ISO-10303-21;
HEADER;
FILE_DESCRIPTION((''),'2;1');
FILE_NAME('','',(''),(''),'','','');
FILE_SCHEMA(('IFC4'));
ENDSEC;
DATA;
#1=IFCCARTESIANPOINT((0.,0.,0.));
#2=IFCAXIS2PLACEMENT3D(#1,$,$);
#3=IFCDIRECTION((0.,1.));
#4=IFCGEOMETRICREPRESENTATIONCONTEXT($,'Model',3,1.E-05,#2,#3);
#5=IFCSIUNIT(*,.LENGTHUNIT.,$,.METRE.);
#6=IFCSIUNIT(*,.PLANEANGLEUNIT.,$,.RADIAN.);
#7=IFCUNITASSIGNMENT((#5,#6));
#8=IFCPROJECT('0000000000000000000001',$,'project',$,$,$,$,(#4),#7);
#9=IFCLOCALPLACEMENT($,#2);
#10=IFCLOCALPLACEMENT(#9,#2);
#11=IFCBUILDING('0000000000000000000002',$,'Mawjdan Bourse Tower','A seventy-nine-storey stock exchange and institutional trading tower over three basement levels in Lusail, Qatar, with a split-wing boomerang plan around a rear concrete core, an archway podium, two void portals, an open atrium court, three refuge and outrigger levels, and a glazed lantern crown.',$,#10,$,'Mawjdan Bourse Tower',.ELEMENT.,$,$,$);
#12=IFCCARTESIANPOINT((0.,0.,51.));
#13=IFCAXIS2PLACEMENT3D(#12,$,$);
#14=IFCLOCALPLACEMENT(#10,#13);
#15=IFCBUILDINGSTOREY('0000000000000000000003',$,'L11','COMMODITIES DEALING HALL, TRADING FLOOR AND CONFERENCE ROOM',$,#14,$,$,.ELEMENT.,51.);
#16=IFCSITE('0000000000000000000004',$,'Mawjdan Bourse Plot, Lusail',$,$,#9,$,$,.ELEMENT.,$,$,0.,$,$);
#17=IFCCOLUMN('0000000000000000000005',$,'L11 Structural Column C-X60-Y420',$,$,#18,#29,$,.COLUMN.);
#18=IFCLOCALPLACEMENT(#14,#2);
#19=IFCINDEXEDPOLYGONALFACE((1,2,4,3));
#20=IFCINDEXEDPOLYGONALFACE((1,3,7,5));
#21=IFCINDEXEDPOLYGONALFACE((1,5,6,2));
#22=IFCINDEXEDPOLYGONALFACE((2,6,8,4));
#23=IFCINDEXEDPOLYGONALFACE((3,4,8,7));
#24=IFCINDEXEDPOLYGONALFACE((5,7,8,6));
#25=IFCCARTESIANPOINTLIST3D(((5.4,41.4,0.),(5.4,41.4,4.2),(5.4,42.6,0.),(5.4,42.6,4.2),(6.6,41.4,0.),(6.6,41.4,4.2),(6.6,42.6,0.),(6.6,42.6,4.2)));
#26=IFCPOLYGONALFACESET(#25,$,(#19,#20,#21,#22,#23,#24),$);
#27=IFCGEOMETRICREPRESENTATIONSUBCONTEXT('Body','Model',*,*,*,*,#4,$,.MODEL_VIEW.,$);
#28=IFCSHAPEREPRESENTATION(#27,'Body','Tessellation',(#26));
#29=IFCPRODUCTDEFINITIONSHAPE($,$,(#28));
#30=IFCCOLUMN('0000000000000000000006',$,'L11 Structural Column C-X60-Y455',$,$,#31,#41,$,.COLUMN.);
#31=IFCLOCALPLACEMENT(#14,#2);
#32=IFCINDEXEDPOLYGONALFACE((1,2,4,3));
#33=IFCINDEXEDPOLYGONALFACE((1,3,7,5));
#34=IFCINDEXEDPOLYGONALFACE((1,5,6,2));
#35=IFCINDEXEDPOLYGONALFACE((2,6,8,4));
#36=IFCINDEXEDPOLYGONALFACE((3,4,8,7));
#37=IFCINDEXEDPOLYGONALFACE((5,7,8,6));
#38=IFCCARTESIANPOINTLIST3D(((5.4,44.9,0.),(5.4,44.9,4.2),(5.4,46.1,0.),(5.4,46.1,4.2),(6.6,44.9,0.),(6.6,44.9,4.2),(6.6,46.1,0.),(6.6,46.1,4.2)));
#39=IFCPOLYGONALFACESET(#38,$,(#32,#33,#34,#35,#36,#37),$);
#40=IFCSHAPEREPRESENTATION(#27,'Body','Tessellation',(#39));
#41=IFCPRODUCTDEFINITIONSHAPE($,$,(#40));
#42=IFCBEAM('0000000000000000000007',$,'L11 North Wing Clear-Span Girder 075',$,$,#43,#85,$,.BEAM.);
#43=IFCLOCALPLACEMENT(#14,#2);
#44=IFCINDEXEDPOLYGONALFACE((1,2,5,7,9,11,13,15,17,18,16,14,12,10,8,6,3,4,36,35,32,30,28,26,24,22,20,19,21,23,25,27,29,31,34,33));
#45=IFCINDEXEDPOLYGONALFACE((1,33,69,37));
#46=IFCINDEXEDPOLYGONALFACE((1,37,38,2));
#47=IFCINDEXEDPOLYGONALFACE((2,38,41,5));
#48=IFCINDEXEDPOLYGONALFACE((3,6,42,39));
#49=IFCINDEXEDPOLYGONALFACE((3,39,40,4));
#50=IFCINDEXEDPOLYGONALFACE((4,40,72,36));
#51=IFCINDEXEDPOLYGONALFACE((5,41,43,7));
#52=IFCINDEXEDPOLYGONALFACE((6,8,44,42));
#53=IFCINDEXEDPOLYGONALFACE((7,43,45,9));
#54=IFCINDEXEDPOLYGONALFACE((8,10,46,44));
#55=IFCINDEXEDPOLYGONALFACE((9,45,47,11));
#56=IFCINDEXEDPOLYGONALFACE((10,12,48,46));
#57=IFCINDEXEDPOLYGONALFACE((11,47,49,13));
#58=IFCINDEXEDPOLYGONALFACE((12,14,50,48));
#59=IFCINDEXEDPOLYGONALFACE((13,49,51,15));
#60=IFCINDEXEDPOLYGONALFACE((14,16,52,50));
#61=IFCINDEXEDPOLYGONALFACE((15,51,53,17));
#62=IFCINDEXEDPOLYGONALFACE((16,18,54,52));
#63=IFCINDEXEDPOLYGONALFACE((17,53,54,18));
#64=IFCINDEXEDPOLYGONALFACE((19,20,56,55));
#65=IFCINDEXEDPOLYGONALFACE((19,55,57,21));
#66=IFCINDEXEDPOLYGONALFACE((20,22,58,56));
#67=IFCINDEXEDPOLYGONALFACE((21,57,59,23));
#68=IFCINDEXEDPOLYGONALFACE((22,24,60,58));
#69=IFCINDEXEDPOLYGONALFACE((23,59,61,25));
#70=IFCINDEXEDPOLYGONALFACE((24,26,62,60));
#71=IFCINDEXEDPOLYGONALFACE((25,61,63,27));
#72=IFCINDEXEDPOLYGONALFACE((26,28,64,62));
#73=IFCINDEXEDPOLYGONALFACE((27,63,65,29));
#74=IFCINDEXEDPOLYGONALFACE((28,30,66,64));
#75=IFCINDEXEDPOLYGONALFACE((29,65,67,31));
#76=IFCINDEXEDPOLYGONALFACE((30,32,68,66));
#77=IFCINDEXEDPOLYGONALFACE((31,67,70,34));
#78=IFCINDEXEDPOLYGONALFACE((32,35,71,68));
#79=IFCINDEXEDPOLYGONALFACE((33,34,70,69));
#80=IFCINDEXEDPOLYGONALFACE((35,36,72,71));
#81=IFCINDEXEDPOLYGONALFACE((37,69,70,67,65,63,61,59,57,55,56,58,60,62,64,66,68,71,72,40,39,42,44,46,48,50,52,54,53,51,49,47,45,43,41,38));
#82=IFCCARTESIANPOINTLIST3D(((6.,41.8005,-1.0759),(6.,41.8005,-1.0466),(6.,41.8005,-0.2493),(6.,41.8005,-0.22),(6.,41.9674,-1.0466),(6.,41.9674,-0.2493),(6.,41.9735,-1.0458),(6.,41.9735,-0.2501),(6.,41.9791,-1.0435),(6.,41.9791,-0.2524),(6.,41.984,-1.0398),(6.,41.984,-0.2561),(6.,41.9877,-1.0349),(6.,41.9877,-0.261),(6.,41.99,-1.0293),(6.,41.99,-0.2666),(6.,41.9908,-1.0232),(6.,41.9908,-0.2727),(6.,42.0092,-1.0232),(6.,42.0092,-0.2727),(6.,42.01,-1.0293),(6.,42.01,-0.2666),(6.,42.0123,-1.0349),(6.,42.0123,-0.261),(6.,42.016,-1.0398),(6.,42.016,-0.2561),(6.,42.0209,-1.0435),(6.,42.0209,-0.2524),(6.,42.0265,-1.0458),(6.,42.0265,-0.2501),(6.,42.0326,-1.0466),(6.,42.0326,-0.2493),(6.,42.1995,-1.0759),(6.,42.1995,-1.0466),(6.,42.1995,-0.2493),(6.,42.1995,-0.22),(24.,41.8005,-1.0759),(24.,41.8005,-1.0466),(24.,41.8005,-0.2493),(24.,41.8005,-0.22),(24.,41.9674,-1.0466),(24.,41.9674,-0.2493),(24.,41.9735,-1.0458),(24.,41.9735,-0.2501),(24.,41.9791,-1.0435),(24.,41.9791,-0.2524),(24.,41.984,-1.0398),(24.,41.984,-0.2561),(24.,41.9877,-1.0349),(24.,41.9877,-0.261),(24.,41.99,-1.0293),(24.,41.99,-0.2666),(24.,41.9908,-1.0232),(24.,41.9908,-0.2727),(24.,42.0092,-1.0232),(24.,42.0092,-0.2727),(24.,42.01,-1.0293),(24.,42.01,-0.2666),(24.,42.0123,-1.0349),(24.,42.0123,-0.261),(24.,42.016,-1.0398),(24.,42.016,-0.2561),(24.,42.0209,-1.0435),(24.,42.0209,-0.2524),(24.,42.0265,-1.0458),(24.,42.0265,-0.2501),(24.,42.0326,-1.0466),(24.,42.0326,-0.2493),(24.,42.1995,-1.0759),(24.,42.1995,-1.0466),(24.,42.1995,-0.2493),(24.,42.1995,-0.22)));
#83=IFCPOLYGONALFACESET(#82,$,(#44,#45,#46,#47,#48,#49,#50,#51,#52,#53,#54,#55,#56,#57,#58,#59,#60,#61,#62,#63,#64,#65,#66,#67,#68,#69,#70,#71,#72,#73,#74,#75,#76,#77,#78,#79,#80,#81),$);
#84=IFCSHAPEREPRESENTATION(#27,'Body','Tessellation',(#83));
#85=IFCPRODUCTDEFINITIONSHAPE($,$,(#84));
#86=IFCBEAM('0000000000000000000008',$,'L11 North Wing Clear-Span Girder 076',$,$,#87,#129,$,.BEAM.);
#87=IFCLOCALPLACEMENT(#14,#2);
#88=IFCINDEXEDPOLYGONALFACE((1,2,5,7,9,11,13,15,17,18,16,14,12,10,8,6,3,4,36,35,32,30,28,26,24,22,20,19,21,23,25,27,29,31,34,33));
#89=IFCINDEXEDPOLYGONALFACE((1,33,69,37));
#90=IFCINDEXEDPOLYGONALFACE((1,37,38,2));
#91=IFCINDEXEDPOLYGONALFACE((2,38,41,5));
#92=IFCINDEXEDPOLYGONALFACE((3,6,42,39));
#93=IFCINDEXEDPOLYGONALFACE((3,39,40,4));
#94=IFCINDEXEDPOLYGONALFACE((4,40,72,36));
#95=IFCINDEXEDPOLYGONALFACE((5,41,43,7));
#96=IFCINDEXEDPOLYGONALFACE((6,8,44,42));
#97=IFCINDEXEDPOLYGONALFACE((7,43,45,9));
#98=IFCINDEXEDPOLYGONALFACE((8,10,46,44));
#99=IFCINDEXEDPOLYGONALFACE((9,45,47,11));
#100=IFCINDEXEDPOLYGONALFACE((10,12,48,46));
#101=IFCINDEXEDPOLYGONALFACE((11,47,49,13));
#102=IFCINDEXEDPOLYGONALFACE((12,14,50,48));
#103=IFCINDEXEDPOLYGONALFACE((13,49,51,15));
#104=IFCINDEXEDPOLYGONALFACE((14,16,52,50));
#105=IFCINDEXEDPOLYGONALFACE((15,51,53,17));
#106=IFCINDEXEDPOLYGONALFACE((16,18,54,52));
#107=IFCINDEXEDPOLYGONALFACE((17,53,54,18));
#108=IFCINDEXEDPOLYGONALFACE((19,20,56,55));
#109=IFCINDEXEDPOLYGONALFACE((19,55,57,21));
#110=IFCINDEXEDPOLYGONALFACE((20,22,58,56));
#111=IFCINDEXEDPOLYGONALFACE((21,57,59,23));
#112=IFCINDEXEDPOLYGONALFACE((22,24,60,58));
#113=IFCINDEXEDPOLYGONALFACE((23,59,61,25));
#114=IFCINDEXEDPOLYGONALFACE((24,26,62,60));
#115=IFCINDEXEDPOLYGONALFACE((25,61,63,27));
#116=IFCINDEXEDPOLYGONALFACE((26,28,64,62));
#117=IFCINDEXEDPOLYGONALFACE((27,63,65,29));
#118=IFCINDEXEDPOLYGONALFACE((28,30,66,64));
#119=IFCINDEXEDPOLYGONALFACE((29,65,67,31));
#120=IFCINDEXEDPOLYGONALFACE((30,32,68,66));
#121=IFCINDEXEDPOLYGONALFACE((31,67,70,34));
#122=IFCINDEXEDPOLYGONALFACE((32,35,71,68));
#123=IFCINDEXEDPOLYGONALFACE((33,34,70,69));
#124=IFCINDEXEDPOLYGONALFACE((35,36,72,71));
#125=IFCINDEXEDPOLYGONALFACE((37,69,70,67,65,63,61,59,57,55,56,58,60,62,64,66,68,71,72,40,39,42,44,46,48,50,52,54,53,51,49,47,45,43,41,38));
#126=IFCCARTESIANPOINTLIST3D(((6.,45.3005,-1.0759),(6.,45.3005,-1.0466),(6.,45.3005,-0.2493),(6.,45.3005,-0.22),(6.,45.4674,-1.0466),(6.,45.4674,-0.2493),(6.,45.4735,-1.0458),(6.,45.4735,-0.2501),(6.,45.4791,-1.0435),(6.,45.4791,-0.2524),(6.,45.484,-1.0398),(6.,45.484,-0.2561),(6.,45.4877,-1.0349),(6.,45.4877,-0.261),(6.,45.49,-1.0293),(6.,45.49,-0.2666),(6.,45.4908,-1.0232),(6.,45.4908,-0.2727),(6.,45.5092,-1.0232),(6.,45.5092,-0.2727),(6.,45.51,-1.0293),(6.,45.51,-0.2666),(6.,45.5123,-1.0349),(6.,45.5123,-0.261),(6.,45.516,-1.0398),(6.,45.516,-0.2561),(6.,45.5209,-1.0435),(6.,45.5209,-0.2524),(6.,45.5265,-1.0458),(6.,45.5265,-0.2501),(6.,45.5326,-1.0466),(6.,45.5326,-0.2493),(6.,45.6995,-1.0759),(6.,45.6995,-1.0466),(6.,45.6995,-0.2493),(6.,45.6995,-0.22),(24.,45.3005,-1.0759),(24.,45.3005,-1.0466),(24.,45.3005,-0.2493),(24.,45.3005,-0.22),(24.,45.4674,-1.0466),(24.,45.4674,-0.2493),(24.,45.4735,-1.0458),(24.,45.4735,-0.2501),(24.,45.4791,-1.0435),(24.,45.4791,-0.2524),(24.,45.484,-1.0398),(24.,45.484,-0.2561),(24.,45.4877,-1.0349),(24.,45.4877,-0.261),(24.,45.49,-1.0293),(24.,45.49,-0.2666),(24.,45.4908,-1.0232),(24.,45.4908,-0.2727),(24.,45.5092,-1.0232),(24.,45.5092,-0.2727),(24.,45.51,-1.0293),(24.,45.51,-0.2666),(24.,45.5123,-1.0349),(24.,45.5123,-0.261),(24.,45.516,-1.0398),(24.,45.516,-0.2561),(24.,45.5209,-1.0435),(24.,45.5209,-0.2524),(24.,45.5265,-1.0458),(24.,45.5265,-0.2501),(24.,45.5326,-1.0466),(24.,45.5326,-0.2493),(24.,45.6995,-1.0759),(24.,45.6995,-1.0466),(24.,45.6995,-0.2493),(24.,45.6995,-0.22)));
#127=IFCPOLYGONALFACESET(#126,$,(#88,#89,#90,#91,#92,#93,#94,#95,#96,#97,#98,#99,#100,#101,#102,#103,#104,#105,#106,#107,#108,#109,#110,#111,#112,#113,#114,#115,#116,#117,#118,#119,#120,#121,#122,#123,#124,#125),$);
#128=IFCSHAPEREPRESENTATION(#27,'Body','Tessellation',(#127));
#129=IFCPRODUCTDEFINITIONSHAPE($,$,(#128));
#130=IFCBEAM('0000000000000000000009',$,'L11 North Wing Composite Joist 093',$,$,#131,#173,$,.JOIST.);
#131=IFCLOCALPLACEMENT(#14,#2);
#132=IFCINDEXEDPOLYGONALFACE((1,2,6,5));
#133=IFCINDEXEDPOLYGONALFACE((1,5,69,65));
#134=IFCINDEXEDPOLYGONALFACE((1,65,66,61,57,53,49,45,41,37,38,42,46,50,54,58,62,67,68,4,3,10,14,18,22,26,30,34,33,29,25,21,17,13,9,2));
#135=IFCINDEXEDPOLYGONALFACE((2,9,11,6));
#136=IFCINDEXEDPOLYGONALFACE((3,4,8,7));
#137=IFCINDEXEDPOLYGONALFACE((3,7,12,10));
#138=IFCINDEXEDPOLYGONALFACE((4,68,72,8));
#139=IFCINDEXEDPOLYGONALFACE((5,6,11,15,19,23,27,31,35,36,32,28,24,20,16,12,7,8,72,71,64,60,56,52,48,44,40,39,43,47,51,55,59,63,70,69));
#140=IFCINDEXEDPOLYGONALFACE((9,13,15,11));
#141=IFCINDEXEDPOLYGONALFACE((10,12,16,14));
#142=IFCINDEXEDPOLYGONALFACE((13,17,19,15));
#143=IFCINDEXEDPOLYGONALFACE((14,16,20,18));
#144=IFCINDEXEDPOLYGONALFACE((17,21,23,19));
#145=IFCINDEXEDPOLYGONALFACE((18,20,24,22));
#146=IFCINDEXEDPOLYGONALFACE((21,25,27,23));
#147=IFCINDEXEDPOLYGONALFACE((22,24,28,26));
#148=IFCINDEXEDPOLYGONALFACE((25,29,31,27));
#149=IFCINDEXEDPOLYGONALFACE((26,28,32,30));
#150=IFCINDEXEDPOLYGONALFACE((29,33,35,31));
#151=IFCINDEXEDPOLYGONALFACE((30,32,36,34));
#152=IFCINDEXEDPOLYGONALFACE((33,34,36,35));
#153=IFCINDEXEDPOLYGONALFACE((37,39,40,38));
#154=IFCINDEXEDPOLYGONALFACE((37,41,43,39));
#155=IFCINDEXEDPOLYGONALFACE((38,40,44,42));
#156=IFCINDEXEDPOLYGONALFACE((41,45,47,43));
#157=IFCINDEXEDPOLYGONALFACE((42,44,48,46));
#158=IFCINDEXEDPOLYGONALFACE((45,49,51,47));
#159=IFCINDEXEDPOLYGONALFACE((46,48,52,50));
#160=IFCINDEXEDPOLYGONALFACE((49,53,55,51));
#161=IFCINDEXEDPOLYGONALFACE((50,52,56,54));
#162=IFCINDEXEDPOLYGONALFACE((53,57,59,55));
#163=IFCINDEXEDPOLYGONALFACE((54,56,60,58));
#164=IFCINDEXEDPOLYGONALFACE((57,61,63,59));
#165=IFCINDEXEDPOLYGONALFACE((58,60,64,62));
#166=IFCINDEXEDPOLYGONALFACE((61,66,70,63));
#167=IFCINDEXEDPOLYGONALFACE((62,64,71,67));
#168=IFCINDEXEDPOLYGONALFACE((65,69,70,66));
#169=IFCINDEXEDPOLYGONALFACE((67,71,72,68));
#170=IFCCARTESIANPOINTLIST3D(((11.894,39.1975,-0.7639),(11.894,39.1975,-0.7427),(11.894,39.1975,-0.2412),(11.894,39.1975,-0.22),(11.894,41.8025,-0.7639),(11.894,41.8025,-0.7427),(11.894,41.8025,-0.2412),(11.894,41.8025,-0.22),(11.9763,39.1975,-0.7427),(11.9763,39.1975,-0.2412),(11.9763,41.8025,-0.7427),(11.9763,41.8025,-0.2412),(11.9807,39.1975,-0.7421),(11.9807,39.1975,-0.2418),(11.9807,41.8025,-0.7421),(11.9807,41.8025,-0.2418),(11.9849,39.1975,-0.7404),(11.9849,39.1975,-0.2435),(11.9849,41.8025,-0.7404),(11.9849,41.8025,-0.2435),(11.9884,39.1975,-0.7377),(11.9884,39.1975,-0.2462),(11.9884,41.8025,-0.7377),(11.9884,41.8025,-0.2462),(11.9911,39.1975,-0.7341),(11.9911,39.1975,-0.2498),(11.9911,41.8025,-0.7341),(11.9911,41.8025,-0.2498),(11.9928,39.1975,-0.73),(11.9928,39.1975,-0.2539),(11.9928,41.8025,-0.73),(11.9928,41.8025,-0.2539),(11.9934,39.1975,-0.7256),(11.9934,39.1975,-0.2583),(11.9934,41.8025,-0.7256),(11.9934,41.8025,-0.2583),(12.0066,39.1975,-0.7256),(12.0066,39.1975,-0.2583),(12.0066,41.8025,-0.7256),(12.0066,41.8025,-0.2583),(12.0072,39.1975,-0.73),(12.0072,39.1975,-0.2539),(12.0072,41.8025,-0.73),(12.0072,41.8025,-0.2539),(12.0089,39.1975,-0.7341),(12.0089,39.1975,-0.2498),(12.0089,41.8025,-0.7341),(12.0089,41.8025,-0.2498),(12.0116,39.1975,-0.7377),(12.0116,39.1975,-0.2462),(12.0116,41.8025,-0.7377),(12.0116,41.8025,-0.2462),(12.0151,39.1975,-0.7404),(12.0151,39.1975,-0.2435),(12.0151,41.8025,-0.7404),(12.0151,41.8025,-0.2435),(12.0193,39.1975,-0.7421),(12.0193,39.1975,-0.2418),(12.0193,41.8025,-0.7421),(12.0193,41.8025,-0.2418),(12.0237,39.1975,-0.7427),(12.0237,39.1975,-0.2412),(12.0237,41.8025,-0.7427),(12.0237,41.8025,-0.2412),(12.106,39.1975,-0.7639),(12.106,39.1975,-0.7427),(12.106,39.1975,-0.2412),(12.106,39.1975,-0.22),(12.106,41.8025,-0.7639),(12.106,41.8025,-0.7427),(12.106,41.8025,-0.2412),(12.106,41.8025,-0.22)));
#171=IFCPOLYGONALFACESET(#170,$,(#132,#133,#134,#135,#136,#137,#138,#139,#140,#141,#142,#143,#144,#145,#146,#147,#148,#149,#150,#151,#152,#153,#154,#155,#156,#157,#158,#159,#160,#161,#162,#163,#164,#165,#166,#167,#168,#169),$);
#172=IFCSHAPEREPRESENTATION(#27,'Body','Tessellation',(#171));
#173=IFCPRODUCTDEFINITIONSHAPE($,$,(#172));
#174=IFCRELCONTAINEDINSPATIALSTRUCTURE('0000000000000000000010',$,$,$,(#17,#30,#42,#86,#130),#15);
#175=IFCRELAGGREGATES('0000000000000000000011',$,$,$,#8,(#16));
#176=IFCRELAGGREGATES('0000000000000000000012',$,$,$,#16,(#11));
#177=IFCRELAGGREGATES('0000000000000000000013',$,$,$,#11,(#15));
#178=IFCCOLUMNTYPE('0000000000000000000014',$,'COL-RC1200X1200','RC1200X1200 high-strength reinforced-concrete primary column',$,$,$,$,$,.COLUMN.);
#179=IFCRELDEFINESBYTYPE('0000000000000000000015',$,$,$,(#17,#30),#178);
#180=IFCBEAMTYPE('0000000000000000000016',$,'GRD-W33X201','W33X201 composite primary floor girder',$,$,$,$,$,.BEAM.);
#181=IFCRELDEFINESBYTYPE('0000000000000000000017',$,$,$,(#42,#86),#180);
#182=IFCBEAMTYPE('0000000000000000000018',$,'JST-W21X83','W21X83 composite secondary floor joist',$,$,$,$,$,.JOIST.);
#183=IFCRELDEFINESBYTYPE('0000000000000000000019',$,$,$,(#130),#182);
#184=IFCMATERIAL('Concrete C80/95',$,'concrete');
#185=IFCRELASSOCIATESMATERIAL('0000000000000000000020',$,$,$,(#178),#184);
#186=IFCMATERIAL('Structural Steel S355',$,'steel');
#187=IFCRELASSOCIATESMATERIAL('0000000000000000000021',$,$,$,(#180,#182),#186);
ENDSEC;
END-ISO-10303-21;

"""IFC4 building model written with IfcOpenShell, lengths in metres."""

from ifc_helpers import new_model, si_unit, direction, frame, origin, origin_2d, place, context, subcontext, project, spatial, rectangle, i_section, extrude, material, material_profile, profile_set, type_object, element, save


model = new_model("IFC4")

# Units and contexts
model_context = context("Model", 3, precision=1e-05, world=origin(), true_north=direction((0.0, 1.0)))
body_context = subcontext(model_context, "Body", "Model", "MODEL_VIEW")
ifc_project = project(units=[si_unit("LENGTHUNIT", "METRE"), si_unit("PLANEANGLEUNIT", "RADIAN")], contexts=[model_context])

# Site, building, storey
site_placement = place(None, origin())
site = spatial("IfcSite", under=ifc_project, at=site_placement, Name="Mawjdan Bourse Plot, Lusail", CompositionType="ELEMENT", RefElevation=0.0)
building_placement = place(site_placement, origin())
building = spatial("IfcBuilding", under=site, at=building_placement, Name="Mawjdan Bourse Tower", Description="A seventy-nine-storey stock exchange and institutional trading tower over three basement levels in Lusail, Qatar, with a split-wing boomerang plan around a rear concrete core, an archway podium, two void portals, an open atrium court, three refuge and outrigger levels, and a glazed lantern crown.", LongName="Mawjdan Bourse Tower", CompositionType="ELEMENT")
storey_placement = place(building_placement, frame((0.0, 0.0, 51.0)))
storey = spatial("IfcBuildingStorey", under=building, at=storey_placement, Name="L11", Description="COMMODITIES DEALING HALL, TRADING FLOOR AND CONFERENCE ROOM", CompositionType="ELEMENT", Elevation=51.0)

# Columns
ifc_material_1 = material(Name="Concrete C80/95", Category="concrete")
ifc_material_profile_1 = material_profile(ifc_material_1, rectangle(XDim=1.2, YDim=1.2, at=origin_2d()), Name="RC1200X1200")
ifc_profile_set_1 = profile_set([ifc_material_profile_1], Name="Concrete C80/95")
column_type = type_object("IfcColumnType", Name="COL-RC1200X1200", Description="RC1200X1200 high-strength reinforced-concrete primary column", PredefinedType="COLUMN", material=ifc_profile_set_1)
for number, where, z_axis, x_axis, name in (
    (1, (6.0, 42.0, 0.0), (0.0, 0.0, 1.0), (1.0, 0.0, 0.0), "L11 Structural Column C-X60-Y420"),
    (2, (6.0, 45.5, 0.0), (0.0, 0.0, 1.0), (1.0, 0.0, 0.0), "L11 Structural Column C-X60-Y455"),
):
    element("IfcColumn", number, at=place(storey_placement, frame(where, z_axis=z_axis, x_axis=x_axis)), inside=storey, type_object=column_type, Name=name, PredefinedType="COLUMN", context=body_context, shape_type="SweptSolid", body=[
        extrude(rectangle(XDim=1.2, YDim=1.2, at=origin_2d()), origin(), (0.0, 0.0, 1.0), 4.2),
    ])

# Beams
ifc_material_2 = material(Name="Structural Steel S355", Category="steel")
ifc_material_profile_2 = material_profile(ifc_material_2, i_section(OverallWidth=0.3989, OverallDepth=0.856, WebThickness=0.0183, FlangeThickness=0.0293, FilletRadius=0.0234, at=origin_2d()), Name="W33X201")
ifc_profile_set_2 = profile_set([ifc_material_profile_2], Name="Structural Steel S355")
beam_type_1 = type_object("IfcBeamType", Name="GRD-W33X201", Description="W33X201 composite primary floor girder", PredefinedType="BEAM", material=ifc_profile_set_2)
for number, where, z_axis, x_axis, name in (
    (3, (6.0, 42.0, -0.6479), (1.0, 0.0, 0.0), (0.0, 1.0, 0.0), "L11 North Wing Clear-Span Girder 075"),
    (4, (6.0, 45.5, -0.6479), (1.0, 0.0, 0.0), (0.0, 1.0, 0.0), "L11 North Wing Clear-Span Girder 076"),
):
    element("IfcBeam", number, at=place(storey_placement, frame(where, z_axis=z_axis, x_axis=x_axis)), inside=storey, type_object=beam_type_1, Name=name, PredefinedType="BEAM", context=body_context, shape_type="SweptSolid", body=[
        extrude(i_section(OverallWidth=0.3989, OverallDepth=0.856, WebThickness=0.0183, FlangeThickness=0.0293, FilletRadius=0.0234, at=origin_2d()), origin(), (0.0, 0.0, 1.0), 18.0),
    ])
ifc_material_profile_3 = material_profile(ifc_material_2, i_section(OverallWidth=0.2119, OverallDepth=0.5439, WebThickness=0.0132, FlangeThickness=0.0212, FilletRadius=0.0171, at=origin_2d()), Name="W21X83")
ifc_profile_set_3 = profile_set([ifc_material_profile_3], Name="Structural Steel S355")
beam_type_2 = type_object("IfcBeamType", Name="JST-W21X83", Description="W21X83 composite secondary floor joist", PredefinedType="JOIST", material=ifc_profile_set_3)
beam_1_placement = place(storey_placement, frame((12.0, 39.1975, -0.4919), z_axis=(0.0, 1.0, 0.0), x_axis=(-1.0, 0.0, 0.0)))
element("IfcBeam", 5, at=beam_1_placement, inside=storey, type_object=beam_type_2, Name="L11 North Wing Composite Joist 093", PredefinedType="JOIST", context=body_context, shape_type="SweptSolid", body=[
    extrude(i_section(OverallWidth=0.2119, OverallDepth=0.5439, WebThickness=0.0132, FlangeThickness=0.0212, FilletRadius=0.0171, at=origin_2d()), origin(), (0.0, 0.0, 1.0), 2.605),
])

save(model, "model.ifc")
